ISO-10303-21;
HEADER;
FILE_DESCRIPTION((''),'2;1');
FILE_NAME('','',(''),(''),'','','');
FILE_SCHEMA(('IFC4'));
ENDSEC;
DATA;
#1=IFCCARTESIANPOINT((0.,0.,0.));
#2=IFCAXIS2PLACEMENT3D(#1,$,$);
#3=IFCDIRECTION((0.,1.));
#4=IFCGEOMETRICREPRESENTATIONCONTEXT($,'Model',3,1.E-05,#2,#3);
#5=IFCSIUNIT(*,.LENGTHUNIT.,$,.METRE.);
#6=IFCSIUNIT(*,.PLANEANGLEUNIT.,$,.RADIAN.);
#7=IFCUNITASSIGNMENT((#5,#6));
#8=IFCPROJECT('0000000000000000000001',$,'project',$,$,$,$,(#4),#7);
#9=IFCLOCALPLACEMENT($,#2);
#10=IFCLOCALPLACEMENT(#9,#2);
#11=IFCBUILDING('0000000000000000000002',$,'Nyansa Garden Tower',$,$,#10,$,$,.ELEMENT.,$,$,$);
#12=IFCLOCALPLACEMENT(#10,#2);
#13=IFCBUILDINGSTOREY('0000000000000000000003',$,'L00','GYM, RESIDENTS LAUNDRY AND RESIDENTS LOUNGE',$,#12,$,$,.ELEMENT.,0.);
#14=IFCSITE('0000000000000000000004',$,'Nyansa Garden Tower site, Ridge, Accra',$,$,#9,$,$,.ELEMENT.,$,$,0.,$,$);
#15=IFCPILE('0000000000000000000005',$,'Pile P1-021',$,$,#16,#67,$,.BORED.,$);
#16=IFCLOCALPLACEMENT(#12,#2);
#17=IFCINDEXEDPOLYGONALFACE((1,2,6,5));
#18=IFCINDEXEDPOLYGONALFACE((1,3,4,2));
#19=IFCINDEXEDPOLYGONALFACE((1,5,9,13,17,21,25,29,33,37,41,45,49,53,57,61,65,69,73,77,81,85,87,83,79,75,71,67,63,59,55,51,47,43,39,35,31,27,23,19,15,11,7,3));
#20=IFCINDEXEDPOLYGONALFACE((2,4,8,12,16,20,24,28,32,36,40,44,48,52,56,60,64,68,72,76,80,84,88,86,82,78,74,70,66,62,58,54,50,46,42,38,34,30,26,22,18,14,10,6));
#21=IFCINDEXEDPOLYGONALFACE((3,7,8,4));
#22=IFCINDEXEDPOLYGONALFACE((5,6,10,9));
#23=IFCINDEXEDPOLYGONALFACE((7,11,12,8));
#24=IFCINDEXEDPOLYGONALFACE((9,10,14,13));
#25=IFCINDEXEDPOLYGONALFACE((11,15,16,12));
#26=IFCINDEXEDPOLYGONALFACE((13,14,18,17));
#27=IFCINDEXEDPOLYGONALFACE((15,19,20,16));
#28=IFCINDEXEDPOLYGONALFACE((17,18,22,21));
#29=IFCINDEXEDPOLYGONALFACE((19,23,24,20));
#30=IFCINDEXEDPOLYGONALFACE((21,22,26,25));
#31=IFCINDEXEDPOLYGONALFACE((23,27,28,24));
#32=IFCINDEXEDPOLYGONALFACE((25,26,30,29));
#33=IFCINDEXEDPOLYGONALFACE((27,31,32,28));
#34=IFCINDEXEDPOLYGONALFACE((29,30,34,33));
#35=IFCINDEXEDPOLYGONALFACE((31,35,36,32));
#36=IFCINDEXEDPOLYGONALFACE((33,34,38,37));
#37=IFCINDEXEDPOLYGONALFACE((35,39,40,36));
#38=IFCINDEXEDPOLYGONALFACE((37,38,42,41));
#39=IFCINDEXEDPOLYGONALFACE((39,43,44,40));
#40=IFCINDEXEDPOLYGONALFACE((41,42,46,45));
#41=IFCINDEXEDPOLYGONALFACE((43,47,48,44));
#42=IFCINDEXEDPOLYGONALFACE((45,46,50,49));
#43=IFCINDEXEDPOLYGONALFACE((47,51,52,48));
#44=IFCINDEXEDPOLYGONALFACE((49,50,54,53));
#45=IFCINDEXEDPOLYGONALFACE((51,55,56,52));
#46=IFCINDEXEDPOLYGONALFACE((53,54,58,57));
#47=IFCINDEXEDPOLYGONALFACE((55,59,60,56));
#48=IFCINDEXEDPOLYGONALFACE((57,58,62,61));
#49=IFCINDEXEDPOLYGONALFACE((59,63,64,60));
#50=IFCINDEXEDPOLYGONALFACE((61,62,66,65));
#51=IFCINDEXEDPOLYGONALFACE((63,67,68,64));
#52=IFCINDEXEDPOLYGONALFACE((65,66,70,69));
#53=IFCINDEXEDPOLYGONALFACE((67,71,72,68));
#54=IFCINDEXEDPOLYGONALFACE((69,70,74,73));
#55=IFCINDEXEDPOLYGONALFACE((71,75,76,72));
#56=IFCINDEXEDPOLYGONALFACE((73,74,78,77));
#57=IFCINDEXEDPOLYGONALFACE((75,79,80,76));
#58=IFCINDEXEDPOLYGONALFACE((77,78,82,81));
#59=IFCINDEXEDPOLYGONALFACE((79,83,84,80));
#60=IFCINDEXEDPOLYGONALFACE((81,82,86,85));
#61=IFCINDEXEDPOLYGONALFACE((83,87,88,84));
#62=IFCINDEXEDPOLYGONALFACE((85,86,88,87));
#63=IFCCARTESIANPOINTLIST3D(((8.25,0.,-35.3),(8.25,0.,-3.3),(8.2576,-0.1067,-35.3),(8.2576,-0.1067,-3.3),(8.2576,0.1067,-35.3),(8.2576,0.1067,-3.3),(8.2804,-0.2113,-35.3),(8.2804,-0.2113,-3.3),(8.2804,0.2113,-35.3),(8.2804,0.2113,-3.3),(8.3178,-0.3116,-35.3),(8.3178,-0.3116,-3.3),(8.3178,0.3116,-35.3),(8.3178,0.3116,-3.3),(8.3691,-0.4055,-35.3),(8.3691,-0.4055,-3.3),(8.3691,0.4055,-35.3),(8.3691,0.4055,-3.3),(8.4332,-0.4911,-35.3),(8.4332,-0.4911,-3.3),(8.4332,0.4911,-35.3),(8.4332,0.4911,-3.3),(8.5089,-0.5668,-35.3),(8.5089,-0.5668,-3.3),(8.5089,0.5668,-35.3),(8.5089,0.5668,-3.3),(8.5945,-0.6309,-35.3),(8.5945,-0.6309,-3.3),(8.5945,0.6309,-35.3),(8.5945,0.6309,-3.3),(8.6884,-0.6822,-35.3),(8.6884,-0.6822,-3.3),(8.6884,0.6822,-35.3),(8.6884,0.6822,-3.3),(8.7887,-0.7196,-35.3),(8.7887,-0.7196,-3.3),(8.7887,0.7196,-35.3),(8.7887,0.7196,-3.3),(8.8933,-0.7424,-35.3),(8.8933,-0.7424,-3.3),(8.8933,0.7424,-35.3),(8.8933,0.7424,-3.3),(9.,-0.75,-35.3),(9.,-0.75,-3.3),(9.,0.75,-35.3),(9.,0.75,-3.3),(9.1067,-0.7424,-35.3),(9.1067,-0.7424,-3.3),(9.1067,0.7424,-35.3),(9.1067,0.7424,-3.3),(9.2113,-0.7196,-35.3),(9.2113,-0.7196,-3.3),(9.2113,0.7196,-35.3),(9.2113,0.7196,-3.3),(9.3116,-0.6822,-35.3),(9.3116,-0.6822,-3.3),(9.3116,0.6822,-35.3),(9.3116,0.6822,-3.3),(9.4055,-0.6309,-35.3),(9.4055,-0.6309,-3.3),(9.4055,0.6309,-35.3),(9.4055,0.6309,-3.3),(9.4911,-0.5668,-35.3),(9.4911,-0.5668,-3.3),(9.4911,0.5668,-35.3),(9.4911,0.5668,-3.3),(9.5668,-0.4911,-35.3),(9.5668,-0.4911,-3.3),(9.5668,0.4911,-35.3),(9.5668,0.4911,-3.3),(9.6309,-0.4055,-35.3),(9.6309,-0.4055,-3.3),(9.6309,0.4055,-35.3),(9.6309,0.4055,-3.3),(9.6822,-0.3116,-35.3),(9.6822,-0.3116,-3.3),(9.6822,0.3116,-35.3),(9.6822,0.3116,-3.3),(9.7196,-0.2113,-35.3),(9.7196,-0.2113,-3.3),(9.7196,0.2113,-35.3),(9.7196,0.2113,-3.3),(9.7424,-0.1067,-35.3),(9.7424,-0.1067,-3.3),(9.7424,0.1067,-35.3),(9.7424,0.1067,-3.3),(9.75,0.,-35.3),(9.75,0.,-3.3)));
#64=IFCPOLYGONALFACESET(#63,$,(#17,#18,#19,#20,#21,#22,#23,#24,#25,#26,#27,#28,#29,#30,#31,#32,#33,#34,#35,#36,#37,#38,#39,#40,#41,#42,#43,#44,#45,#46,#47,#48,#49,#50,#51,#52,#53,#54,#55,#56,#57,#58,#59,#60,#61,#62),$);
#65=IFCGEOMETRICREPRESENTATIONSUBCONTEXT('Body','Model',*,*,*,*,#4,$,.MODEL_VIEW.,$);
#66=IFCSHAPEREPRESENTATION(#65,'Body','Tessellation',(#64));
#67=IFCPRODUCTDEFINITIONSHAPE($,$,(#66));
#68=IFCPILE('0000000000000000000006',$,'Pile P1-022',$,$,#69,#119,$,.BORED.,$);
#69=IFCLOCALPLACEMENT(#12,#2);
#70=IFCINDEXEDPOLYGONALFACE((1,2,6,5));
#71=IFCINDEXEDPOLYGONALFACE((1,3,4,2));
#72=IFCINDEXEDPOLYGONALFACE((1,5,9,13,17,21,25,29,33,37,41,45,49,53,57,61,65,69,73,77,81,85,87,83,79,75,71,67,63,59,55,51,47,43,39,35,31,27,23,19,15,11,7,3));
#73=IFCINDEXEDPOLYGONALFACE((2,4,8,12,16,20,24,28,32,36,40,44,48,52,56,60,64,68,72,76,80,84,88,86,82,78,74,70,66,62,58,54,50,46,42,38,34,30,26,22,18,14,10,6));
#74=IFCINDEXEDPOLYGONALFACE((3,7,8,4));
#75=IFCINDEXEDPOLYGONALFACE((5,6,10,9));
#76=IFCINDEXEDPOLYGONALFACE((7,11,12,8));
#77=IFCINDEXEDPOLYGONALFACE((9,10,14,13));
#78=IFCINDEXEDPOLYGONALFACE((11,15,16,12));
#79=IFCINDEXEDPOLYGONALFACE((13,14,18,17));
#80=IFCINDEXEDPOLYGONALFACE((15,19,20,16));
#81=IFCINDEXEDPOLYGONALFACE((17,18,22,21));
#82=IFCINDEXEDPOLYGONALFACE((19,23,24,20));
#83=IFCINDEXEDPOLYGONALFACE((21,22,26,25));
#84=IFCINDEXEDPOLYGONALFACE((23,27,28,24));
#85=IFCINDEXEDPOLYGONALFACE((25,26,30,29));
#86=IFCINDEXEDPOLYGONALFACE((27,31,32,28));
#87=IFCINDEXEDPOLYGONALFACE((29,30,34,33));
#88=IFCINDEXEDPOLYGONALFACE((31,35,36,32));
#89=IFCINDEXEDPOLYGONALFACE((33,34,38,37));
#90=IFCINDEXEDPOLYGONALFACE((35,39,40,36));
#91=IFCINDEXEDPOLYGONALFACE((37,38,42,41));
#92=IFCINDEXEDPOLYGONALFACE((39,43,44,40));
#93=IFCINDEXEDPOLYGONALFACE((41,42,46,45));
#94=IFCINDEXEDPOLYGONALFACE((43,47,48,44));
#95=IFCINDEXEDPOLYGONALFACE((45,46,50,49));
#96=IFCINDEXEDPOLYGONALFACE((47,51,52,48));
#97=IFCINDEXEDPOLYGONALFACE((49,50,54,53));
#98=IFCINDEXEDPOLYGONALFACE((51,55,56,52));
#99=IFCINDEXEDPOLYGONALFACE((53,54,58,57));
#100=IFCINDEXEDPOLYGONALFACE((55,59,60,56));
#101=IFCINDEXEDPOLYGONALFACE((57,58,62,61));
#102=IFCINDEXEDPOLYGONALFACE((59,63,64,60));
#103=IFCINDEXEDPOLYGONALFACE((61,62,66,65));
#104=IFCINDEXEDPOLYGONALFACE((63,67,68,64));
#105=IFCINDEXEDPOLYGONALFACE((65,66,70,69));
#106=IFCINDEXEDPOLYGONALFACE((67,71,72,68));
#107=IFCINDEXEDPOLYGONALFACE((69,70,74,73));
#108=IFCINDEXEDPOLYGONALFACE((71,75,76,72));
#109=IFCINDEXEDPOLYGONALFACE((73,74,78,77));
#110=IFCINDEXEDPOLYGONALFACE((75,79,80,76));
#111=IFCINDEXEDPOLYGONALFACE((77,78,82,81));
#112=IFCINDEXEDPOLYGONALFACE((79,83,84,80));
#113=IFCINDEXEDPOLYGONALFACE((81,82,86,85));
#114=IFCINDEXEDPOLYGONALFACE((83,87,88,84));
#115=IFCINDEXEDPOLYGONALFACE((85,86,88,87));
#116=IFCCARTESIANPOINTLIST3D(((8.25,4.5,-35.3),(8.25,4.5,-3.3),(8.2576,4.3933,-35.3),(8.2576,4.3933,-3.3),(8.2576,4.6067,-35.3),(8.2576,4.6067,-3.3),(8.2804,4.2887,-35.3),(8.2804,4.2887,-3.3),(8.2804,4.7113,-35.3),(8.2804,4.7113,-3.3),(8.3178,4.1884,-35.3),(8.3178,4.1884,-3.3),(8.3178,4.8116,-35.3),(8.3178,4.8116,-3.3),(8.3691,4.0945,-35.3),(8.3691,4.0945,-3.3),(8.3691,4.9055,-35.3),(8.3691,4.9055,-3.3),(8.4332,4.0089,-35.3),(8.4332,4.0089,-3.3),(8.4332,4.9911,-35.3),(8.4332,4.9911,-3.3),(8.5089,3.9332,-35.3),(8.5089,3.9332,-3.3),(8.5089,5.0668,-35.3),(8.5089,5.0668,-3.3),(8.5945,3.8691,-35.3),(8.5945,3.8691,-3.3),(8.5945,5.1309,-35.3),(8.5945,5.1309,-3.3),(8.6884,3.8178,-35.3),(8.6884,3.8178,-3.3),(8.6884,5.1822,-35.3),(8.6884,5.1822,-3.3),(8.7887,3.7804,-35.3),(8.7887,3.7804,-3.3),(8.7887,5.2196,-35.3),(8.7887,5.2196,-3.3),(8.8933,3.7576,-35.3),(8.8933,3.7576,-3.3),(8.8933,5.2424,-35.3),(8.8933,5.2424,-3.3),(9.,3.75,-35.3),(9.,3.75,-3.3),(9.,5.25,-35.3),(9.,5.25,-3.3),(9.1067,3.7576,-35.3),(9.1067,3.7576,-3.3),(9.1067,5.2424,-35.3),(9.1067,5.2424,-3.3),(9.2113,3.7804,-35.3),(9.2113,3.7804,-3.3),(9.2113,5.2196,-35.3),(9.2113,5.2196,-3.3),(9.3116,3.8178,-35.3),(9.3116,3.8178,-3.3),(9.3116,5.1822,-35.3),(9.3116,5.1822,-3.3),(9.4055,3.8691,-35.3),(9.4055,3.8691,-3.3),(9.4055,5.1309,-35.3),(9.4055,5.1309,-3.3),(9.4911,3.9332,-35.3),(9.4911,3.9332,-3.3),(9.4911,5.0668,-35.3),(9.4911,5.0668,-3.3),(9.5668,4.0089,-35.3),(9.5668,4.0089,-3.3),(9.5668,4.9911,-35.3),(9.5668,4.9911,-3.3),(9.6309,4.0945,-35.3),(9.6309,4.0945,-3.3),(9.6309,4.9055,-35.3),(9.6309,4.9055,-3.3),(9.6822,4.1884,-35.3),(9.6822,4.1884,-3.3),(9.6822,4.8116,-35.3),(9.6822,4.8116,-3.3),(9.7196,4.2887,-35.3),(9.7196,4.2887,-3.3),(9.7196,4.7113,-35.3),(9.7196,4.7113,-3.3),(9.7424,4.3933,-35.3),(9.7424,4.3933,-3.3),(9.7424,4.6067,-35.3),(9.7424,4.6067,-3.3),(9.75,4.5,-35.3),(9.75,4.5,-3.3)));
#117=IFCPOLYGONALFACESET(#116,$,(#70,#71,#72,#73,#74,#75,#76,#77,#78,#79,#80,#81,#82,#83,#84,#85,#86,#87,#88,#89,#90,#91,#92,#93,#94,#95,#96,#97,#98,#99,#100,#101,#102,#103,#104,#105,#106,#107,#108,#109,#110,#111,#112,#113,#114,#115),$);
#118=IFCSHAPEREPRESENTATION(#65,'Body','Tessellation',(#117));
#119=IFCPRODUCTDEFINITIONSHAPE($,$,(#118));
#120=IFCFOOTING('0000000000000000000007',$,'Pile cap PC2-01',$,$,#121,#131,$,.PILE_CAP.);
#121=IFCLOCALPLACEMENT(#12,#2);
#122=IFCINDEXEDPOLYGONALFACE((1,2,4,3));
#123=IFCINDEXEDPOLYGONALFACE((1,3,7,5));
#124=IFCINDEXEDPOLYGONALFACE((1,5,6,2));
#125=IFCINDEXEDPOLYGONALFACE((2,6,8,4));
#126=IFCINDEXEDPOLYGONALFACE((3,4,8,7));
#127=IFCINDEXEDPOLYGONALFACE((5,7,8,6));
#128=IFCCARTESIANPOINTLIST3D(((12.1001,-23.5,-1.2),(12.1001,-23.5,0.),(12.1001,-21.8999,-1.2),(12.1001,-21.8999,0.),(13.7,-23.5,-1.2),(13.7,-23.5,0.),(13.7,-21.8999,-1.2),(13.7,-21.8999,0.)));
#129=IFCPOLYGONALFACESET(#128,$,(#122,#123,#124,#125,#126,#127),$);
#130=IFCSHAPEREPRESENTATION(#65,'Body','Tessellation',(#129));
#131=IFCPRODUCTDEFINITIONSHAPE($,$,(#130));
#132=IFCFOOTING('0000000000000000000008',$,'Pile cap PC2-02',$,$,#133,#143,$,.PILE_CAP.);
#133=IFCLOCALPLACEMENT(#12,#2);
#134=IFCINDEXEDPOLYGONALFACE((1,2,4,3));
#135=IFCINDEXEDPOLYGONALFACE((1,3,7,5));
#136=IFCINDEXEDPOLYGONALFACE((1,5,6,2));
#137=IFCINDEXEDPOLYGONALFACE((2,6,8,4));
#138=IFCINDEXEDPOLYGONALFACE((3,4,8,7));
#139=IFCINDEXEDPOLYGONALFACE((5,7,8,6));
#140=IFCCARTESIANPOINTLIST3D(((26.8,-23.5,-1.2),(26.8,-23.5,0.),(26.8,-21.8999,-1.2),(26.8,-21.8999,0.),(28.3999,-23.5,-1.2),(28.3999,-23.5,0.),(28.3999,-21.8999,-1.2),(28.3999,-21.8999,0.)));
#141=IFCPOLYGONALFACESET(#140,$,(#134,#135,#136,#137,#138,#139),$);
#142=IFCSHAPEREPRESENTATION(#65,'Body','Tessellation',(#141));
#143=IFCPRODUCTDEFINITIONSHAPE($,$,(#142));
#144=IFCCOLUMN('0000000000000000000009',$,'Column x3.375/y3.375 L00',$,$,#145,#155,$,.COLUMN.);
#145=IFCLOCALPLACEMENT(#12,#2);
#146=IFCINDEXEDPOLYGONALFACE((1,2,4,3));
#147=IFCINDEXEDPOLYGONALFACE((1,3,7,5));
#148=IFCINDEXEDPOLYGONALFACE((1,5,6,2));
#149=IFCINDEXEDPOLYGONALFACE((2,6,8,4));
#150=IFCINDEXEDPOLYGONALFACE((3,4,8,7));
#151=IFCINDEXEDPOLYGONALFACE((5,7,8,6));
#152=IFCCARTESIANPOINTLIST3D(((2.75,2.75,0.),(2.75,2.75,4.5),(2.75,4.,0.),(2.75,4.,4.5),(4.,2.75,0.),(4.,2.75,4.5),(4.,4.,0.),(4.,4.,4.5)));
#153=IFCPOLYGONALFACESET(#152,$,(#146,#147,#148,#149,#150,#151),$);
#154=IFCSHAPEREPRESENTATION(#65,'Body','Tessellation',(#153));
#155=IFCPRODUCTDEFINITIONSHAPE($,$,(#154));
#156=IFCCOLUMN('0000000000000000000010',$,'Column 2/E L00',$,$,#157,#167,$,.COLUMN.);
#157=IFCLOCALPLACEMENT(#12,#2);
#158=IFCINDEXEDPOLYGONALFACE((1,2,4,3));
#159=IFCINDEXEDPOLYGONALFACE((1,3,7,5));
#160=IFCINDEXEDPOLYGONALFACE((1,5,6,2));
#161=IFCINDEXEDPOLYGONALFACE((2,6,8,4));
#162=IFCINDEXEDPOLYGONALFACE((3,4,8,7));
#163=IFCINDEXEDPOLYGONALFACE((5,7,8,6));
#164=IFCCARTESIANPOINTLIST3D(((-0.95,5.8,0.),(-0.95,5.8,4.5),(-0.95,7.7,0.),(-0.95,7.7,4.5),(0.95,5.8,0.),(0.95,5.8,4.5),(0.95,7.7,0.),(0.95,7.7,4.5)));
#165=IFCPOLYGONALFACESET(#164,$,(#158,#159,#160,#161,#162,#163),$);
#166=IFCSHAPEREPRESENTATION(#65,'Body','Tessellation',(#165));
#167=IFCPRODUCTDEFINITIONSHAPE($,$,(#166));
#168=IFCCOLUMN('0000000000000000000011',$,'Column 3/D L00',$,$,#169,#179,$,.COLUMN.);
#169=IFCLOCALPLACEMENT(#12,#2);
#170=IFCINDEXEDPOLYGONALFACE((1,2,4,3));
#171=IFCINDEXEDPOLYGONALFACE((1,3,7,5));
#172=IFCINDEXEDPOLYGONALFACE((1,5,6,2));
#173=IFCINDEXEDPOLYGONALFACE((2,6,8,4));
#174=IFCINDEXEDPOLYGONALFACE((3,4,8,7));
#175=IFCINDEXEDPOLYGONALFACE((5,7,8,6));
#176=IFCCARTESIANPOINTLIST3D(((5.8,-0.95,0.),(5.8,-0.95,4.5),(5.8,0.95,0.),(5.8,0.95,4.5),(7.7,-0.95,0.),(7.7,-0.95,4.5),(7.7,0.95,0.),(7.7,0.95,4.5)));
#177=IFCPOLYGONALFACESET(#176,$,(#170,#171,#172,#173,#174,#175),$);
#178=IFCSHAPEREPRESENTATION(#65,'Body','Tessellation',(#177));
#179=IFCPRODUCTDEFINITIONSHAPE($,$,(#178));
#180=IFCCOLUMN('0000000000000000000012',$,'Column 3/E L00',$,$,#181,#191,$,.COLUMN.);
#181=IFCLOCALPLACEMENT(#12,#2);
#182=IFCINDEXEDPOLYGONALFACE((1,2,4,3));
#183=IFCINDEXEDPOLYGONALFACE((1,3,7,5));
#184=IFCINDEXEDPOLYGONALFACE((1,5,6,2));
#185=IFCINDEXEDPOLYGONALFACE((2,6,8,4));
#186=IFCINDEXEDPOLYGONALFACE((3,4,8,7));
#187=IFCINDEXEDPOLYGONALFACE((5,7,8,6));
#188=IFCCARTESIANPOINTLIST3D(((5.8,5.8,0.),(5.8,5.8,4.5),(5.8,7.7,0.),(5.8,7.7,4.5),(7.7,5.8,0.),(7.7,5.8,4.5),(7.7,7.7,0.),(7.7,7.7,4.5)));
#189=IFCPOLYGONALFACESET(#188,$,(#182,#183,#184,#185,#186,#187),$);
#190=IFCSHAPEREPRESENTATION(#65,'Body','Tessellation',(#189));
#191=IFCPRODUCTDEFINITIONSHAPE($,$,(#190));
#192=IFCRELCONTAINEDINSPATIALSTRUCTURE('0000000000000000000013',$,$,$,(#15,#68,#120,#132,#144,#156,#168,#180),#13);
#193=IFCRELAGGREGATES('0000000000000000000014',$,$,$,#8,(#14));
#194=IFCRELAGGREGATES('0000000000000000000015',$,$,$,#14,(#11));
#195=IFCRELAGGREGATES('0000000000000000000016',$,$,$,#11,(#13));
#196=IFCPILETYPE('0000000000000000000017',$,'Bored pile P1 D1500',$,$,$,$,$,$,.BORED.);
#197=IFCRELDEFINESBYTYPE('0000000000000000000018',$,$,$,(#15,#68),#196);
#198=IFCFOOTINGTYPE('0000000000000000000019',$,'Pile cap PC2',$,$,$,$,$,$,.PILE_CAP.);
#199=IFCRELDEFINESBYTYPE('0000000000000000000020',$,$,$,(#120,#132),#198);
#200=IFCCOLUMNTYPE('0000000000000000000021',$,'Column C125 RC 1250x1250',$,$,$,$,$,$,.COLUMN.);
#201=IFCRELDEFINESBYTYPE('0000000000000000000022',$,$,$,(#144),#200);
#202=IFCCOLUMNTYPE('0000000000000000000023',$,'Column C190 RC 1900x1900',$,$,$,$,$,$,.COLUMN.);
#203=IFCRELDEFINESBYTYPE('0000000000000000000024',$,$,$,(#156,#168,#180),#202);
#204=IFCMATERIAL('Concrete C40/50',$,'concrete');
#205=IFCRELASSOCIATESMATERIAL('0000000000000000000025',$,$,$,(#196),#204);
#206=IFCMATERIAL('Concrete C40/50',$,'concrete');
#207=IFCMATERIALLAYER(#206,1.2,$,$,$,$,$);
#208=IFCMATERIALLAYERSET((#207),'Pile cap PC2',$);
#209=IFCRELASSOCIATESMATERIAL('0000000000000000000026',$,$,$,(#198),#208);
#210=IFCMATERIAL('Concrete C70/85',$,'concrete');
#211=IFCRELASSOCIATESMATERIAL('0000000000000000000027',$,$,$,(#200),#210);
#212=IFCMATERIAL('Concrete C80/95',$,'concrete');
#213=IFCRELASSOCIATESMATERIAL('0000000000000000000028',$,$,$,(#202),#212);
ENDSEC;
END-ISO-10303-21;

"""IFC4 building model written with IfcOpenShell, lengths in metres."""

from ifc_helpers import new_model, si_unit, direction, frame, origin, origin_2d, place, context, subcontext, project, spatial, polyline, rectangle, circle, outline, extrude, material, layer, layer_set, material_profile, profile_set, type_object, element, save


model = new_model("IFC4")

# Units and contexts
model_context = context("Model", 3, precision=1e-05, world=origin(), true_north=direction((0.0, 1.0)))
body_context = subcontext(model_context, "Body", "Model", "MODEL_VIEW")
ifc_project = project(units=[si_unit("LENGTHUNIT", "METRE"), si_unit("PLANEANGLEUNIT", "RADIAN")], contexts=[model_context])

# Site, building, storey
site_placement = place(None, origin())
site = spatial("IfcSite", under=ifc_project, at=site_placement, Name="Nyansa Garden Tower site, Ridge, Accra", CompositionType="ELEMENT", RefElevation=0.0)
building_placement = place(site_placement, origin())
building = spatial("IfcBuilding", under=site, at=building_placement, Name="Nyansa Garden Tower", CompositionType="ELEMENT")
storey_placement = place(building_placement, origin())
storey = spatial("IfcBuildingStorey", under=building, at=storey_placement, Name="L00", Description="GYM, RESIDENTS LAUNDRY AND RESIDENTS LOUNGE", CompositionType="ELEMENT", Elevation=0.0)

# Piles
ifc_material_1 = material(Name="Concrete C40/50", Category="concrete")
pile_type = type_object("IfcPileType", Name="Bored pile P1 D1500", PredefinedType="BORED", material=ifc_material_1)
for number, where, z_axis, x_axis, name in (
    (1, (9.0, 0.0, -3.3), (0.0, 0.0, -1.0), (1.0, 0.0, 0.0), "Pile P1-021"),
    (2, (9.0, 4.5, -3.3), (0.0, 0.0, -1.0), (1.0, 0.0, 0.0), "Pile P1-022"),
):
    element("IfcPile", number, at=place(storey_placement, frame(where, z_axis=z_axis, x_axis=x_axis)), inside=storey, type_object=pile_type, Name=name, PredefinedType="BORED", context=body_context, shape_type="SweptSolid", body=[
        extrude(circle(Radius=0.75, at=origin_2d()), origin(), (0.0, 0.0, 1.0), 32.0),
    ])

# Footings
ifc_material_2 = material(Name="Concrete C40/50", Category="concrete")
ifc_layer_1 = layer(ifc_material_2, 1.2)
ifc_layer_set_1 = layer_set([ifc_layer_1], Name="Pile cap PC2")
footing_type = type_object("IfcFootingType", Name="Pile cap PC2", PredefinedType="PILE_CAP", material=ifc_layer_set_1)
footing_1_placement = place(storey_placement, frame((0.0, 0.0, -1.2)))
element("IfcFooting", 3, at=footing_1_placement, inside=storey, type_object=footing_type, Name="Pile cap PC2-01", PredefinedType="PILE_CAP", context=body_context, shape_type="SweptSolid", body=[
    extrude(outline(polyline([(12.1001, -23.5), (13.7, -23.5), (13.7, -21.8999), (12.1001, -21.8999), (12.1001, -23.5)])), origin(), (0.0, 0.0, 1.0), 1.2),
])
footing_2_placement = place(storey_placement, frame((0.0, 0.0, -1.2)))
element("IfcFooting", 4, at=footing_2_placement, inside=storey, type_object=footing_type, Name="Pile cap PC2-02", PredefinedType="PILE_CAP", context=body_context, shape_type="SweptSolid", body=[
    extrude(outline(polyline([(26.8, -23.5), (28.3999, -23.5), (28.3999, -21.8999), (26.8, -21.8999), (26.8, -23.5)])), origin(), (0.0, 0.0, 1.0), 1.2),
])

# Columns
ifc_material_3 = material(Name="Concrete C70/85", Category="concrete")
ifc_material_profile_1 = material_profile(ifc_material_3, rectangle(XDim=1.25, YDim=1.25, at=origin_2d()), Name="RC 1250x1250")
ifc_profile_set_1 = profile_set([ifc_material_profile_1], Name="Concrete C70/85")
column_type_1 = type_object("IfcColumnType", Name="Column C125 RC 1250x1250", PredefinedType="COLUMN", material=ifc_profile_set_1)
column_placement = place(storey_placement, frame((3.375, 3.375, 0.0), z_axis=(0.0, 0.0, 1.0), x_axis=(1.0, 0.0, 0.0)))
element("IfcColumn", 5, at=column_placement, inside=storey, type_object=column_type_1, Name="Column x3.375/y3.375 L00", PredefinedType="COLUMN", context=body_context, shape_type="SweptSolid", body=[
    extrude(rectangle(XDim=1.25, YDim=1.25, at=origin_2d()), origin(), (0.0, 0.0, 1.0), 4.5),
])
ifc_material_4 = material(Name="Concrete C80/95", Category="concrete")
ifc_material_profile_2 = material_profile(ifc_material_4, rectangle(XDim=1.8999, YDim=1.8999, at=origin_2d()), Name="RC 1900x1900")
ifc_profile_set_2 = profile_set([ifc_material_profile_2], Name="Concrete C80/95")
column_type_2 = type_object("IfcColumnType", Name="Column C190 RC 1900x1900", PredefinedType="COLUMN", material=ifc_profile_set_2)
for number, where, z_axis, x_axis, name in (
    (6, (0.0, 6.75, 0.0), (0.0, 0.0, 1.0), (1.0, 0.0, 0.0), "Column 2/E L00"),
    (7, (6.75, 0.0, 0.0), (0.0, 0.0, 1.0), (1.0, 0.0, 0.0), "Column 3/D L00"),
    (8, (6.75, 6.75, 0.0), (0.0, 0.0, 1.0), (1.0, 0.0, 0.0), "Column 3/E L00"),
):
    element("IfcColumn", number, at=place(storey_placement, frame(where, z_axis=z_axis, x_axis=x_axis)), inside=storey, type_object=column_type_2, Name=name, PredefinedType="COLUMN", context=body_context, shape_type="SweptSolid", body=[
        extrude(rectangle(XDim=1.8999, YDim=1.8999, at=origin_2d()), origin(), (0.0, 0.0, 1.0), 4.5),
    ])

save(model, "model.ifc")
